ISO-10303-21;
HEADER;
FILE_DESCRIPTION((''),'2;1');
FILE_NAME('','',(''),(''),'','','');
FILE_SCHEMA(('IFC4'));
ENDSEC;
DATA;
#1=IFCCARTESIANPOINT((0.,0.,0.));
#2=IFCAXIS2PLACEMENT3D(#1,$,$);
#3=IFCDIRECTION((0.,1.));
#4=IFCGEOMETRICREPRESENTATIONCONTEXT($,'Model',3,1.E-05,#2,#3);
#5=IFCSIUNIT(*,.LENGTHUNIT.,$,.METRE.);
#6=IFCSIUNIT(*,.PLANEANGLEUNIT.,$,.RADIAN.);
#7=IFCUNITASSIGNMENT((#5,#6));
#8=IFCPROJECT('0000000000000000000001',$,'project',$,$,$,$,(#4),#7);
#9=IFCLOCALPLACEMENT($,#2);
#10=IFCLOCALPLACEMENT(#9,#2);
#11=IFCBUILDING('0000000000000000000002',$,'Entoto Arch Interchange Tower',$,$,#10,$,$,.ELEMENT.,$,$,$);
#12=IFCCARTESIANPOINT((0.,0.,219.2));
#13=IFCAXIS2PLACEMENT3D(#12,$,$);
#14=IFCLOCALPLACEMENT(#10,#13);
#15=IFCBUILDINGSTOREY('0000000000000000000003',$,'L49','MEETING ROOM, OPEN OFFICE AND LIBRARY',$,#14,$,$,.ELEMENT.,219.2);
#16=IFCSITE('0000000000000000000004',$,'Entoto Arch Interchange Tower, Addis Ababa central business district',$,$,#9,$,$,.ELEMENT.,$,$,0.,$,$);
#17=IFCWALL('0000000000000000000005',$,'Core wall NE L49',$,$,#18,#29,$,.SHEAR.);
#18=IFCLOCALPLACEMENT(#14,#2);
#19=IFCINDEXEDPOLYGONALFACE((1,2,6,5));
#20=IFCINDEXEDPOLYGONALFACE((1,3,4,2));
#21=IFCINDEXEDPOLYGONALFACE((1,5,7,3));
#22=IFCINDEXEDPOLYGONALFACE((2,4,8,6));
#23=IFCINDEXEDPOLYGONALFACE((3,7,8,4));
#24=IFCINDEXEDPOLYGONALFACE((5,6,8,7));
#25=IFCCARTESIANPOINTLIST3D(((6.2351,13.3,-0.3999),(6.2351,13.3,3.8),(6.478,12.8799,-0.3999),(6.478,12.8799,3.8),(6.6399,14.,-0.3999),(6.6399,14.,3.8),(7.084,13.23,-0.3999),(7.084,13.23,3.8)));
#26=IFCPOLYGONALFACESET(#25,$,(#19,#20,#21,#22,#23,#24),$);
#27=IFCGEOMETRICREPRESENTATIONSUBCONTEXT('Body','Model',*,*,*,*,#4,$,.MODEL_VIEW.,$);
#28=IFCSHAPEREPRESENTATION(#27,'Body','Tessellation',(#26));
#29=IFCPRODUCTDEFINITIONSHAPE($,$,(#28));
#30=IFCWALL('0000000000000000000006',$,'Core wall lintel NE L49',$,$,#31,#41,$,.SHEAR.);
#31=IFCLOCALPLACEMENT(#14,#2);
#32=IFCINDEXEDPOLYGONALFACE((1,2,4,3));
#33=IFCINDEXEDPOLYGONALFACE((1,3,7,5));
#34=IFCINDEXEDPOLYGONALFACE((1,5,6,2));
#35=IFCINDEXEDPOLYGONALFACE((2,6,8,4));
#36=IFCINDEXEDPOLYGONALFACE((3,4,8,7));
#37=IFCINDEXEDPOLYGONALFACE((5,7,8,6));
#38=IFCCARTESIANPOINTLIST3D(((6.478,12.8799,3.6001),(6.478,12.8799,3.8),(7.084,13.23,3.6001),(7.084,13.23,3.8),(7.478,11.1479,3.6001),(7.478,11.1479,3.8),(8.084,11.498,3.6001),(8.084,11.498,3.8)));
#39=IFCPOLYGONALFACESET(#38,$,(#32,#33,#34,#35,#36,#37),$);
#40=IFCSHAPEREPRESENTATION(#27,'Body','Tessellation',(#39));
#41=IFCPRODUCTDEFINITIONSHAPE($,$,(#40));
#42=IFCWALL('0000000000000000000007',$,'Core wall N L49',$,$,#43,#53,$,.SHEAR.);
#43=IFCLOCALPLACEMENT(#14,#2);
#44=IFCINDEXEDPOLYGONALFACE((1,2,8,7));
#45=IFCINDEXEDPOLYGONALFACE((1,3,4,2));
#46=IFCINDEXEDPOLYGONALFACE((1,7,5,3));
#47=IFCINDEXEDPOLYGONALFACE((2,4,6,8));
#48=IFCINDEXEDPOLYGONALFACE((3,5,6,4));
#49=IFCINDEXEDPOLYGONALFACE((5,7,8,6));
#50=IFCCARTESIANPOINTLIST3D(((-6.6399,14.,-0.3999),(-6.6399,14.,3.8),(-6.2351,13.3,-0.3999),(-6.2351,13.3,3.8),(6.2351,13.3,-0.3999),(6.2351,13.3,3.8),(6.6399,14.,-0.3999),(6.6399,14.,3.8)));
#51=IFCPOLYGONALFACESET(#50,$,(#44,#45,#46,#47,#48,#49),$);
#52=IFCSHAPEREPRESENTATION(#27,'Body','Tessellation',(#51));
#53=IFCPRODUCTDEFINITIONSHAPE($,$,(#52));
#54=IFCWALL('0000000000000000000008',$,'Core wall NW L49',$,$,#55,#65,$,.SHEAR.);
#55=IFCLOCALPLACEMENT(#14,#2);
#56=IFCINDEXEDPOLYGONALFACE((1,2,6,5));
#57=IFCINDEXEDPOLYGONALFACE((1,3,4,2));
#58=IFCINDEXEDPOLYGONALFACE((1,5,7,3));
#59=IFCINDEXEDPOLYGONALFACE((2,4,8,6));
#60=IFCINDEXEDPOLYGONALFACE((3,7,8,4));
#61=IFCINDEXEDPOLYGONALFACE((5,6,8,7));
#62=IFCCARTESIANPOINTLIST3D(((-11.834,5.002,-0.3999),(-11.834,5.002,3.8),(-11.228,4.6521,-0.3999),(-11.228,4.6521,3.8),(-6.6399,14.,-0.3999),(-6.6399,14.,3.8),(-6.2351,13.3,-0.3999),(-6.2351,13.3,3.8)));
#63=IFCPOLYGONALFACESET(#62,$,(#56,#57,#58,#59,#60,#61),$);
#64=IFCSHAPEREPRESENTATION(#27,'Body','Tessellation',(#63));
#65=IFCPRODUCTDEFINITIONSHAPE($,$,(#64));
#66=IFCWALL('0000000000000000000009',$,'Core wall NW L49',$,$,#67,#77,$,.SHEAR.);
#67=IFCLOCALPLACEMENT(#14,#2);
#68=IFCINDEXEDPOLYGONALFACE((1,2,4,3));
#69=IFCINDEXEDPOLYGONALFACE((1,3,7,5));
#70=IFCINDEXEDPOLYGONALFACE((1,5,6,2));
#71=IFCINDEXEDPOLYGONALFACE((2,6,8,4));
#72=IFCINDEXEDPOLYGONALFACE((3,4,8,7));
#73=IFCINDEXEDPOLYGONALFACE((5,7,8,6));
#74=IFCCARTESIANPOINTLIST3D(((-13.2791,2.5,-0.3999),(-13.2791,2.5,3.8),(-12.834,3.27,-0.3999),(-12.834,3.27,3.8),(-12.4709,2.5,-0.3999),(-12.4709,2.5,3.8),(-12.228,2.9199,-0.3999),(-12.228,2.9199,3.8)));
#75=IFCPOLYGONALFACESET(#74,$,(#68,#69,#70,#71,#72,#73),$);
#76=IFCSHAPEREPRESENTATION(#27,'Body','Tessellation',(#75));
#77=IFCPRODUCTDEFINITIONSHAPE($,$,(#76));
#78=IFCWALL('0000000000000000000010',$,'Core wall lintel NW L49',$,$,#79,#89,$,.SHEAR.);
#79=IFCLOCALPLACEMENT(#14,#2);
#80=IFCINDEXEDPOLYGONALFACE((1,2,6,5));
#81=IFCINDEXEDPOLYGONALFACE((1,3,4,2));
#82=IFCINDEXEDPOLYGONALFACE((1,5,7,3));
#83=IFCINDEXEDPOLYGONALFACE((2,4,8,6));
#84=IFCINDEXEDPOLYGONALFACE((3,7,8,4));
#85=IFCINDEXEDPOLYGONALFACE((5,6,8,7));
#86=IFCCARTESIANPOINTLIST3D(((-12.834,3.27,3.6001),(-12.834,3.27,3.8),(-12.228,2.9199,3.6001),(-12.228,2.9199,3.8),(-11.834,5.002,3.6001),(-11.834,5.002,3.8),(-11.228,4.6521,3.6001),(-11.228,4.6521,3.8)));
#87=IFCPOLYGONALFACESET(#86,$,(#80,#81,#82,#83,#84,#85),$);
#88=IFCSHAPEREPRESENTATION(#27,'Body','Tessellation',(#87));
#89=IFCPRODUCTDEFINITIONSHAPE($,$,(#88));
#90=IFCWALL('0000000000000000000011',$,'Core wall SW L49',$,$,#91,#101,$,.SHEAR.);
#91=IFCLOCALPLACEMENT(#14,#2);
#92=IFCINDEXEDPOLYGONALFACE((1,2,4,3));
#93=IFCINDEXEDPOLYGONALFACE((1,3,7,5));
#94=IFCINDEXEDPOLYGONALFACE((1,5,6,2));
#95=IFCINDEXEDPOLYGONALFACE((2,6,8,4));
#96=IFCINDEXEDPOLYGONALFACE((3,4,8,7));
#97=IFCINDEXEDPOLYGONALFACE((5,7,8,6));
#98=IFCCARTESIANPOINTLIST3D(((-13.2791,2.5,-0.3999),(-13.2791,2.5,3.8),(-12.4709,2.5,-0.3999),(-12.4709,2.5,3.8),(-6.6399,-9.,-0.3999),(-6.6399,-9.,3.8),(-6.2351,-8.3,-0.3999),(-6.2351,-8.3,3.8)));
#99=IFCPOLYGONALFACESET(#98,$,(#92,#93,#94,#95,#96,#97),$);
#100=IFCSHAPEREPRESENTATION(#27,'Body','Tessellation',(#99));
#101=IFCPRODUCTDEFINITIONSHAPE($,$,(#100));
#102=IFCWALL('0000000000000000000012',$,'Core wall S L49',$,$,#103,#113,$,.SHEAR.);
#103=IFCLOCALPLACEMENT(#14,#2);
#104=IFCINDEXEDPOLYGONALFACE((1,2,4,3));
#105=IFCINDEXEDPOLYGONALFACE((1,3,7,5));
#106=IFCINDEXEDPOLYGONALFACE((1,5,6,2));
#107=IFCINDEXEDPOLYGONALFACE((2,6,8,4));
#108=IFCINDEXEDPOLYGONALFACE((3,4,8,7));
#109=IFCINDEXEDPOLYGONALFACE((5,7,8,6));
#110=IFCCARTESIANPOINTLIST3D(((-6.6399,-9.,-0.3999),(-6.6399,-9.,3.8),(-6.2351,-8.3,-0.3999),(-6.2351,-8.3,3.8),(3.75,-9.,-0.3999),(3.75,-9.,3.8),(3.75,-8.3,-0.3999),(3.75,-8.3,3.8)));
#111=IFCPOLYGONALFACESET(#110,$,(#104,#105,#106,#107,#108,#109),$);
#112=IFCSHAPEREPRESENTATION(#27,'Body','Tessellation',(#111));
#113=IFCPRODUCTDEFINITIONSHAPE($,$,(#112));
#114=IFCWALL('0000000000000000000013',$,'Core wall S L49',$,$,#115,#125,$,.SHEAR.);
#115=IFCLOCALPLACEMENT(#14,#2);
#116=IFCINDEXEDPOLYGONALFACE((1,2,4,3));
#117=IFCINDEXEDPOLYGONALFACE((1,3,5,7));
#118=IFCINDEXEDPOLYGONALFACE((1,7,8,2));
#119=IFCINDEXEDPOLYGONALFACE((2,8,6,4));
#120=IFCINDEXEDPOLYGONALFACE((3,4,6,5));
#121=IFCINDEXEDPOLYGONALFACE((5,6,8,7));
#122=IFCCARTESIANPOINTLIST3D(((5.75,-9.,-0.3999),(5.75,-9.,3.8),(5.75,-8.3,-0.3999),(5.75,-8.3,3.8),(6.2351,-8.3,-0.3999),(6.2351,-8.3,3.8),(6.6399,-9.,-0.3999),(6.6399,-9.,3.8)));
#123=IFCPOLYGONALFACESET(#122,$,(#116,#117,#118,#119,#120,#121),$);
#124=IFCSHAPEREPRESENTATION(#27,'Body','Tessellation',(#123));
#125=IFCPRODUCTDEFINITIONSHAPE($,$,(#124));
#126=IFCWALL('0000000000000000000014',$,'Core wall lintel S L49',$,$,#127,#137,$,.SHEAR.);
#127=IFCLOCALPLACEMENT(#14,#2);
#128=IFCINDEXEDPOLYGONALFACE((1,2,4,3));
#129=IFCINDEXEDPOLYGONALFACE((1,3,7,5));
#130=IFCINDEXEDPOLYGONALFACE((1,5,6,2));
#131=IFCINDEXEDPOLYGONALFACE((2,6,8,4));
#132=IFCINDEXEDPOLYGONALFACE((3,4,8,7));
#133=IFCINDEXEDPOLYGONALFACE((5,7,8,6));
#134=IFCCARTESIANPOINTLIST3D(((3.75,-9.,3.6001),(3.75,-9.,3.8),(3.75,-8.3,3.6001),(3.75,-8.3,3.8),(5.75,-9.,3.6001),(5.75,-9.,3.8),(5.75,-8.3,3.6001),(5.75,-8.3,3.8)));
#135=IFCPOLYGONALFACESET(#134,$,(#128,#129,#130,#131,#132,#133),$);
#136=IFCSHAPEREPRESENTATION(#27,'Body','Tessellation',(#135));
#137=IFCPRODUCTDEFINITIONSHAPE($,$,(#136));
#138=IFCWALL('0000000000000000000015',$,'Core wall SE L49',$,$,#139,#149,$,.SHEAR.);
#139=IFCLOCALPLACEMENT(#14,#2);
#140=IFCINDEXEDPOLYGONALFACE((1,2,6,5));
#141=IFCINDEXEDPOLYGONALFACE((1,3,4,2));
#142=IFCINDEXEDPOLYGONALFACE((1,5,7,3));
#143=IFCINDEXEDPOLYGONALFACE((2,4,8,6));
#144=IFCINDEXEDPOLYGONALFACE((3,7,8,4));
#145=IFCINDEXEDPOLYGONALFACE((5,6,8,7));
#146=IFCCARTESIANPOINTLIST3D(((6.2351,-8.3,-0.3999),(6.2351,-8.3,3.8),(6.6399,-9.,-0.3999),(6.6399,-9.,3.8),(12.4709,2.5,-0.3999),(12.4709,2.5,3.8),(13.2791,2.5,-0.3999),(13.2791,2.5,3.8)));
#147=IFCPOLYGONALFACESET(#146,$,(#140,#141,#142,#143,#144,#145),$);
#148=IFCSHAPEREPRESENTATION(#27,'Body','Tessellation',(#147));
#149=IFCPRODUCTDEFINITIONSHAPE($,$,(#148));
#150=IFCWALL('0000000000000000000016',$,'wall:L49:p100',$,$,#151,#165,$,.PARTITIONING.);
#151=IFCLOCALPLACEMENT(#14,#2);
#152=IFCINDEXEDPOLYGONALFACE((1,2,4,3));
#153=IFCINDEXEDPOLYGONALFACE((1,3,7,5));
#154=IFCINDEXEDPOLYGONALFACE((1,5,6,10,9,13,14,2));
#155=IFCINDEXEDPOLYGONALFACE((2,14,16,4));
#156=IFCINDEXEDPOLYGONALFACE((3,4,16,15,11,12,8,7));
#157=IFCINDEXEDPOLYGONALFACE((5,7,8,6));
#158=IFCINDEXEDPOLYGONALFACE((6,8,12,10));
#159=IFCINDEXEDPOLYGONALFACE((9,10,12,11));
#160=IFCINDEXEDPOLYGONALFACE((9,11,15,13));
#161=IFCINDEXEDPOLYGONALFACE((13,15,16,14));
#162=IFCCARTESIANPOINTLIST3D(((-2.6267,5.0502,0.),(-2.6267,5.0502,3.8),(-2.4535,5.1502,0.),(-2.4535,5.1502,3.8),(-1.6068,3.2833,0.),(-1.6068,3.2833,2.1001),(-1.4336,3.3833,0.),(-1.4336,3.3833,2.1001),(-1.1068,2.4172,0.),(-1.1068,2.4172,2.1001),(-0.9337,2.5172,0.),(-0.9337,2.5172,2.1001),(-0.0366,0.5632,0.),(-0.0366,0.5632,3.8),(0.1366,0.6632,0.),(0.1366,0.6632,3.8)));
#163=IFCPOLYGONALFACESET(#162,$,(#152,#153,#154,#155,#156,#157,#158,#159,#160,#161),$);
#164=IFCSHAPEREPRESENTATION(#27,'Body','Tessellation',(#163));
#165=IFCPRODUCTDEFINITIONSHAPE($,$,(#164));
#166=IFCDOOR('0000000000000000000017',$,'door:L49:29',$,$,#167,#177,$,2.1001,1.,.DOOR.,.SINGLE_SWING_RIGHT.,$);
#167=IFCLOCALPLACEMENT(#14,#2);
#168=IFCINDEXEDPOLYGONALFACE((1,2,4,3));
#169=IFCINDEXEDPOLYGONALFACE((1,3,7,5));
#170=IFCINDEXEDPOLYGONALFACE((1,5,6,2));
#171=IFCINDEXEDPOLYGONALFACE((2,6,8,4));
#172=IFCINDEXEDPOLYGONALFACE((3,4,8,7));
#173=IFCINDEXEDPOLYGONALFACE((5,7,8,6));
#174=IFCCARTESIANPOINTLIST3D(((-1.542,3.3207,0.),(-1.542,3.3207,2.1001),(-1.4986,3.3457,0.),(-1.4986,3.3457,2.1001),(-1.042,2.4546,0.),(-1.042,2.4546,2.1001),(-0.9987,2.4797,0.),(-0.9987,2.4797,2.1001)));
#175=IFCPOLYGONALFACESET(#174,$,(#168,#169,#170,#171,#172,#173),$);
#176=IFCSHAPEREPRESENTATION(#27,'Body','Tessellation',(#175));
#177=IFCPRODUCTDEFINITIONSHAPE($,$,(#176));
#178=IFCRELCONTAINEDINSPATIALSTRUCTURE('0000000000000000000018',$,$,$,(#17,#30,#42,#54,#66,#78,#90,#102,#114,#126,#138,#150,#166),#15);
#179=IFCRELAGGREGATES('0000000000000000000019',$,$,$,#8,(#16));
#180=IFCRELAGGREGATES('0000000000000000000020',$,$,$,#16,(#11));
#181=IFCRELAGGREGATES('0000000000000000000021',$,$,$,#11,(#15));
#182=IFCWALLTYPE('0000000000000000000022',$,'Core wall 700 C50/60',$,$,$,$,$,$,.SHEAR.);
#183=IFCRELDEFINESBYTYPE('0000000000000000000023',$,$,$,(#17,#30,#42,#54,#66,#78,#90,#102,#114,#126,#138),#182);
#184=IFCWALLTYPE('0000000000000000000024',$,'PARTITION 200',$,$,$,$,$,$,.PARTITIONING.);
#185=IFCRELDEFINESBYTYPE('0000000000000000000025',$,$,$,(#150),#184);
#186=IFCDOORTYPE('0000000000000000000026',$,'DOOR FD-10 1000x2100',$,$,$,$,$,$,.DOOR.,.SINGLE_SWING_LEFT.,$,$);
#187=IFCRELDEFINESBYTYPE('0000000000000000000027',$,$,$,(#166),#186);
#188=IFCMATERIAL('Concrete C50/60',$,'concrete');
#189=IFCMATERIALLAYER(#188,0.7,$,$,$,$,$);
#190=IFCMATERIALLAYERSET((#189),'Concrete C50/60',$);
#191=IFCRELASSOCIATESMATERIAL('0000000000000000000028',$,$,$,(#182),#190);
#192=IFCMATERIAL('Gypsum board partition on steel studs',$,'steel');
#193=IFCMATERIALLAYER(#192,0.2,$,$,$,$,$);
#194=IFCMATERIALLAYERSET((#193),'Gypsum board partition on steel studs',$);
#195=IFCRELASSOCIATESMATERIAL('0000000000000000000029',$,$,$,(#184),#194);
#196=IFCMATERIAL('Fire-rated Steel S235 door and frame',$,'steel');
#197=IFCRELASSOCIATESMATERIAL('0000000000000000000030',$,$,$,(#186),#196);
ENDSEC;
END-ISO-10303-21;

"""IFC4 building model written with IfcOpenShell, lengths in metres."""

from ifc_helpers import new_model, si_unit, direction, frame, frame_2d, origin, place, context, subcontext, project, spatial, polyline, rectangle, outline, extrude, material, layer, layer_set, type_object, element, fill, save


model = new_model("IFC4")

# Units and contexts
model_context = context("Model", 3, precision=1e-05, world=origin(), true_north=direction((0.0, 1.0)))
body_context = subcontext(model_context, "Body", "Model", "MODEL_VIEW")
ifc_project = project(units=[si_unit("LENGTHUNIT", "METRE"), si_unit("PLANEANGLEUNIT", "RADIAN")], contexts=[model_context])

# Site, building, storey
site_placement = place(None, origin())
site = spatial("IfcSite", under=ifc_project, at=site_placement, Name="Entoto Arch Interchange Tower, Addis Ababa central business district", CompositionType="ELEMENT", RefElevation=0.0)
building_placement = place(site_placement, origin())
building = spatial("IfcBuilding", under=site, at=building_placement, Name="Entoto Arch Interchange Tower", CompositionType="ELEMENT")
storey_placement = place(building_placement, frame((0.0, 0.0, 219.2)))
storey = spatial("IfcBuildingStorey", under=building, at=storey_placement, Name="L49", Description="MEETING ROOM, OPEN OFFICE AND LIBRARY", CompositionType="ELEMENT", Elevation=219.2)

# Walls
ifc_material_1 = material(Name="Concrete C50/60", Category="concrete")
ifc_layer_1 = layer(ifc_material_1, 0.7)
ifc_layer_set_1 = layer_set([ifc_layer_1], Name="Concrete C50/60")
wall_type_1 = type_object("IfcWallType", Name="Core wall 700 C50/60", PredefinedType="SHEAR", material=ifc_layer_set_1)
wall_1_placement = place(storey_placement, frame((0.0, 0.0, -0.3999)))
element("IfcWall", 1, at=wall_1_placement, inside=storey, type_object=wall_type_1, Name="Core wall NE L49", PredefinedType="SHEAR", context=body_context, shape_type="SweptSolid", body=[
    extrude(outline(polyline([(6.478, 12.8799), (7.084, 13.23), (6.6399, 14.0), (6.2351, 13.3), (6.478, 12.8799)])), origin(), (0.0, 0.0, 1.0), 4.2),
])
wall_2_placement = place(storey_placement, frame((0.0, 0.0, 3.6001)))
element("IfcWall", 2, at=wall_2_placement, inside=storey, type_object=wall_type_1, Name="Core wall lintel NE L49", PredefinedType="SHEAR", context=body_context, shape_type="SweptSolid", body=[
    extrude(outline(polyline([(7.084, 13.23), (6.478, 12.8799), (7.478, 11.1479), (8.084, 11.498), (7.084, 13.23)])), origin(), (0.0, 0.0, 1.0), 0.2),
])
wall_3_placement = place(storey_placement, frame((0.0, 0.0, -0.3999)))
element("IfcWall", 3, at=wall_3_placement, inside=storey, type_object=wall_type_1, Name="Core wall N L49", PredefinedType="SHEAR", context=body_context, shape_type="SweptSolid", body=[
    extrude(outline(polyline([(6.6399, 14.0), (-6.6399, 14.0), (-6.2351, 13.3), (6.2351, 13.3), (6.6399, 14.0)])), origin(), (0.0, 0.0, 1.0), 4.2),
])
wall_4_placement = place(storey_placement, frame((0.0, 0.0, -0.3999)))
element("IfcWall", 4, at=wall_4_placement, inside=storey, type_object=wall_type_1, Name="Core wall NW L49", PredefinedType="SHEAR", context=body_context, shape_type="SweptSolid", body=[
    extrude(outline(polyline([(-11.834, 5.002), (-11.228, 4.6521), (-6.2351, 13.3), (-6.6399, 14.0), (-11.834, 5.002)])), origin(), (0.0, 0.0, 1.0), 4.2),
])
wall_5_placement = place(storey_placement, frame((0.0, 0.0, -0.3999)))
element("IfcWall", 5, at=wall_5_placement, inside=storey, type_object=wall_type_1, Name="Core wall NW L49", PredefinedType="SHEAR", context=body_context, shape_type="SweptSolid", body=[
    extrude(outline(polyline([(-12.228, 2.9199), (-12.834, 3.27), (-13.2791, 2.5), (-12.4709, 2.5), (-12.228, 2.9199)])), origin(), (0.0, 0.0, 1.0), 4.2),
])
wall_6_placement = place(storey_placement, frame((0.0, 0.0, 3.6001)))
element("IfcWall", 6, at=wall_6_placement, inside=storey, type_object=wall_type_1, Name="Core wall lintel NW L49", PredefinedType="SHEAR", context=body_context, shape_type="SweptSolid", body=[
    extrude(outline(polyline([(-12.834, 3.27), (-12.228, 2.9199), (-11.228, 4.6521), (-11.834, 5.002), (-12.834, 3.27)])), origin(), (0.0, 0.0, 1.0), 0.2),
])
wall_7_placement = place(storey_placement, frame((0.0, 0.0, -0.3999)))
element("IfcWall", 7, at=wall_7_placement, inside=storey, type_object=wall_type_1, Name="Core wall SW L49", PredefinedType="SHEAR", context=body_context, shape_type="SweptSolid", body=[
    extrude(outline(polyline([(-13.2791, 2.5), (-6.6399, -9.0), (-6.2351, -8.3), (-12.4709, 2.5), (-13.2791, 2.5)])), origin(), (0.0, 0.0, 1.0), 4.2),
])
wall_8_placement = place(storey_placement, frame((0.0, 0.0, -0.3999)))
element("IfcWall", 8, at=wall_8_placement, inside=storey, type_object=wall_type_1, Name="Core wall S L49", PredefinedType="SHEAR", context=body_context, shape_type="SweptSolid", body=[
    extrude(outline(polyline([(3.75, -9.0), (3.75, -8.3), (-6.2351, -8.3), (-6.6399, -9.0), (3.75, -9.0)])), origin(), (0.0, 0.0, 1.0), 4.2),
])
wall_9_placement = place(storey_placement, frame((0.0, 0.0, -0.3999)))
element("IfcWall", 9, at=wall_9_placement, inside=storey, type_object=wall_type_1, Name="Core wall S L49", PredefinedType="SHEAR", context=body_context, shape_type="SweptSolid", body=[
    extrude(outline(polyline([(5.75, -8.3), (5.75, -9.0), (6.6399, -9.0), (6.2351, -8.3), (5.75, -8.3)])), origin(), (0.0, 0.0, 1.0), 4.2),
])
wall_10_placement = place(storey_placement, frame((0.0, 0.0, 3.6001)))
element("IfcWall", 10, at=wall_10_placement, inside=storey, type_object=wall_type_1, Name="Core wall lintel S L49", PredefinedType="SHEAR", context=body_context, shape_type="SweptSolid", body=[
    extrude(outline(polyline([(5.75, -9.0), (5.75, -8.3), (3.75, -8.3), (3.75, -9.0), (5.75, -9.0)])), origin(), (0.0, 0.0, 1.0), 0.2),
])
wall_11_placement = place(storey_placement, frame((0.0, 0.0, -0.3999)))
element("IfcWall", 11, at=wall_11_placement, inside=storey, type_object=wall_type_1, Name="Core wall SE L49", PredefinedType="SHEAR", context=body_context, shape_type="SweptSolid", body=[
    extrude(outline(polyline([(6.6399, -9.0), (13.2791, 2.5), (12.4709, 2.5), (6.2351, -8.3), (6.6399, -9.0)])), origin(), (0.0, 0.0, 1.0), 4.2),
])

# Wall, opening, door
ifc_material_2 = material(Name="Gypsum board partition on steel studs", Category="steel")
ifc_layer_2 = layer(ifc_material_2, 0.2)
ifc_layer_set_2 = layer_set([ifc_layer_2], Name="Gypsum board partition on steel studs")
wall_type_2 = type_object("IfcWallType", Name="PARTITION 200", PredefinedType="PARTITIONING", material=ifc_layer_set_2)
wall_12_placement = place(storey_placement, frame((-2.54, 5.1001, 0.0), z_axis=(0.0, 0.0, 1.0), x_axis=(0.499925, -0.866069, 0.0)))
wall_12 = element("IfcWall", 12, at=wall_12_placement, inside=storey, type_object=wall_type_2, Name="wall:L49:p100", PredefinedType="PARTITIONING", context=body_context, shape_type="SweptSolid", body=[
    extrude(rectangle(XDim=5.1809, YDim=0.2, at=frame_2d((2.5903, 0.0))), origin(), (0.0, 0.0, 1.0), 3.8),
])
opening_1_placement = place(wall_12_placement, frame((2.04, 0.0, 0.0)))
opening_1 = element("IfcOpeningElement", 13, at=opening_1_placement, cuts=wall_12, PredefinedType="OPENING", context=body_context, shape_type="SweptSolid", body=[
    extrude(rectangle(XDim=1.0, YDim=2.1001, at=frame_2d((0.5, 1.05))), frame((0.0, 0.1099, 0.0), z_axis=(0.0, -1.0, 0.0), x_axis=(1.0, 0.0, 0.0)), (0.0, 0.0, 1.0), 0.22),
])
ifc_material_3 = material(Name="Fire-rated Steel S235 door and frame", Category="steel")
door_type_1 = type_object("IfcDoorType", Name="DOOR FD-10 1000x2100", OperationType="SINGLE_SWING_LEFT", PredefinedType="DOOR", material=ifc_material_3)
door_1_placement = place(opening_1_placement, origin())
door_1 = element("IfcDoor", 14, at=door_1_placement, inside=storey, type_object=door_type_1, Name="door:L49:29", OperationType="SINGLE_SWING_RIGHT", OverallHeight=2.1001, OverallWidth=1.0, PredefinedType="DOOR", context=body_context, shape_type="SweptSolid", body=[
    extrude(rectangle(XDim=1.0, YDim=2.1001, at=frame_2d((0.5, 1.05))), frame((0.0, 0.0249, 0.0), z_axis=(0.0, -1.0, 0.0), x_axis=(1.0, 0.0, 0.0)), (0.0, 0.0, 1.0), 0.05),
])
fill(opening_1, door_1)

save(model, "model.ifc")
